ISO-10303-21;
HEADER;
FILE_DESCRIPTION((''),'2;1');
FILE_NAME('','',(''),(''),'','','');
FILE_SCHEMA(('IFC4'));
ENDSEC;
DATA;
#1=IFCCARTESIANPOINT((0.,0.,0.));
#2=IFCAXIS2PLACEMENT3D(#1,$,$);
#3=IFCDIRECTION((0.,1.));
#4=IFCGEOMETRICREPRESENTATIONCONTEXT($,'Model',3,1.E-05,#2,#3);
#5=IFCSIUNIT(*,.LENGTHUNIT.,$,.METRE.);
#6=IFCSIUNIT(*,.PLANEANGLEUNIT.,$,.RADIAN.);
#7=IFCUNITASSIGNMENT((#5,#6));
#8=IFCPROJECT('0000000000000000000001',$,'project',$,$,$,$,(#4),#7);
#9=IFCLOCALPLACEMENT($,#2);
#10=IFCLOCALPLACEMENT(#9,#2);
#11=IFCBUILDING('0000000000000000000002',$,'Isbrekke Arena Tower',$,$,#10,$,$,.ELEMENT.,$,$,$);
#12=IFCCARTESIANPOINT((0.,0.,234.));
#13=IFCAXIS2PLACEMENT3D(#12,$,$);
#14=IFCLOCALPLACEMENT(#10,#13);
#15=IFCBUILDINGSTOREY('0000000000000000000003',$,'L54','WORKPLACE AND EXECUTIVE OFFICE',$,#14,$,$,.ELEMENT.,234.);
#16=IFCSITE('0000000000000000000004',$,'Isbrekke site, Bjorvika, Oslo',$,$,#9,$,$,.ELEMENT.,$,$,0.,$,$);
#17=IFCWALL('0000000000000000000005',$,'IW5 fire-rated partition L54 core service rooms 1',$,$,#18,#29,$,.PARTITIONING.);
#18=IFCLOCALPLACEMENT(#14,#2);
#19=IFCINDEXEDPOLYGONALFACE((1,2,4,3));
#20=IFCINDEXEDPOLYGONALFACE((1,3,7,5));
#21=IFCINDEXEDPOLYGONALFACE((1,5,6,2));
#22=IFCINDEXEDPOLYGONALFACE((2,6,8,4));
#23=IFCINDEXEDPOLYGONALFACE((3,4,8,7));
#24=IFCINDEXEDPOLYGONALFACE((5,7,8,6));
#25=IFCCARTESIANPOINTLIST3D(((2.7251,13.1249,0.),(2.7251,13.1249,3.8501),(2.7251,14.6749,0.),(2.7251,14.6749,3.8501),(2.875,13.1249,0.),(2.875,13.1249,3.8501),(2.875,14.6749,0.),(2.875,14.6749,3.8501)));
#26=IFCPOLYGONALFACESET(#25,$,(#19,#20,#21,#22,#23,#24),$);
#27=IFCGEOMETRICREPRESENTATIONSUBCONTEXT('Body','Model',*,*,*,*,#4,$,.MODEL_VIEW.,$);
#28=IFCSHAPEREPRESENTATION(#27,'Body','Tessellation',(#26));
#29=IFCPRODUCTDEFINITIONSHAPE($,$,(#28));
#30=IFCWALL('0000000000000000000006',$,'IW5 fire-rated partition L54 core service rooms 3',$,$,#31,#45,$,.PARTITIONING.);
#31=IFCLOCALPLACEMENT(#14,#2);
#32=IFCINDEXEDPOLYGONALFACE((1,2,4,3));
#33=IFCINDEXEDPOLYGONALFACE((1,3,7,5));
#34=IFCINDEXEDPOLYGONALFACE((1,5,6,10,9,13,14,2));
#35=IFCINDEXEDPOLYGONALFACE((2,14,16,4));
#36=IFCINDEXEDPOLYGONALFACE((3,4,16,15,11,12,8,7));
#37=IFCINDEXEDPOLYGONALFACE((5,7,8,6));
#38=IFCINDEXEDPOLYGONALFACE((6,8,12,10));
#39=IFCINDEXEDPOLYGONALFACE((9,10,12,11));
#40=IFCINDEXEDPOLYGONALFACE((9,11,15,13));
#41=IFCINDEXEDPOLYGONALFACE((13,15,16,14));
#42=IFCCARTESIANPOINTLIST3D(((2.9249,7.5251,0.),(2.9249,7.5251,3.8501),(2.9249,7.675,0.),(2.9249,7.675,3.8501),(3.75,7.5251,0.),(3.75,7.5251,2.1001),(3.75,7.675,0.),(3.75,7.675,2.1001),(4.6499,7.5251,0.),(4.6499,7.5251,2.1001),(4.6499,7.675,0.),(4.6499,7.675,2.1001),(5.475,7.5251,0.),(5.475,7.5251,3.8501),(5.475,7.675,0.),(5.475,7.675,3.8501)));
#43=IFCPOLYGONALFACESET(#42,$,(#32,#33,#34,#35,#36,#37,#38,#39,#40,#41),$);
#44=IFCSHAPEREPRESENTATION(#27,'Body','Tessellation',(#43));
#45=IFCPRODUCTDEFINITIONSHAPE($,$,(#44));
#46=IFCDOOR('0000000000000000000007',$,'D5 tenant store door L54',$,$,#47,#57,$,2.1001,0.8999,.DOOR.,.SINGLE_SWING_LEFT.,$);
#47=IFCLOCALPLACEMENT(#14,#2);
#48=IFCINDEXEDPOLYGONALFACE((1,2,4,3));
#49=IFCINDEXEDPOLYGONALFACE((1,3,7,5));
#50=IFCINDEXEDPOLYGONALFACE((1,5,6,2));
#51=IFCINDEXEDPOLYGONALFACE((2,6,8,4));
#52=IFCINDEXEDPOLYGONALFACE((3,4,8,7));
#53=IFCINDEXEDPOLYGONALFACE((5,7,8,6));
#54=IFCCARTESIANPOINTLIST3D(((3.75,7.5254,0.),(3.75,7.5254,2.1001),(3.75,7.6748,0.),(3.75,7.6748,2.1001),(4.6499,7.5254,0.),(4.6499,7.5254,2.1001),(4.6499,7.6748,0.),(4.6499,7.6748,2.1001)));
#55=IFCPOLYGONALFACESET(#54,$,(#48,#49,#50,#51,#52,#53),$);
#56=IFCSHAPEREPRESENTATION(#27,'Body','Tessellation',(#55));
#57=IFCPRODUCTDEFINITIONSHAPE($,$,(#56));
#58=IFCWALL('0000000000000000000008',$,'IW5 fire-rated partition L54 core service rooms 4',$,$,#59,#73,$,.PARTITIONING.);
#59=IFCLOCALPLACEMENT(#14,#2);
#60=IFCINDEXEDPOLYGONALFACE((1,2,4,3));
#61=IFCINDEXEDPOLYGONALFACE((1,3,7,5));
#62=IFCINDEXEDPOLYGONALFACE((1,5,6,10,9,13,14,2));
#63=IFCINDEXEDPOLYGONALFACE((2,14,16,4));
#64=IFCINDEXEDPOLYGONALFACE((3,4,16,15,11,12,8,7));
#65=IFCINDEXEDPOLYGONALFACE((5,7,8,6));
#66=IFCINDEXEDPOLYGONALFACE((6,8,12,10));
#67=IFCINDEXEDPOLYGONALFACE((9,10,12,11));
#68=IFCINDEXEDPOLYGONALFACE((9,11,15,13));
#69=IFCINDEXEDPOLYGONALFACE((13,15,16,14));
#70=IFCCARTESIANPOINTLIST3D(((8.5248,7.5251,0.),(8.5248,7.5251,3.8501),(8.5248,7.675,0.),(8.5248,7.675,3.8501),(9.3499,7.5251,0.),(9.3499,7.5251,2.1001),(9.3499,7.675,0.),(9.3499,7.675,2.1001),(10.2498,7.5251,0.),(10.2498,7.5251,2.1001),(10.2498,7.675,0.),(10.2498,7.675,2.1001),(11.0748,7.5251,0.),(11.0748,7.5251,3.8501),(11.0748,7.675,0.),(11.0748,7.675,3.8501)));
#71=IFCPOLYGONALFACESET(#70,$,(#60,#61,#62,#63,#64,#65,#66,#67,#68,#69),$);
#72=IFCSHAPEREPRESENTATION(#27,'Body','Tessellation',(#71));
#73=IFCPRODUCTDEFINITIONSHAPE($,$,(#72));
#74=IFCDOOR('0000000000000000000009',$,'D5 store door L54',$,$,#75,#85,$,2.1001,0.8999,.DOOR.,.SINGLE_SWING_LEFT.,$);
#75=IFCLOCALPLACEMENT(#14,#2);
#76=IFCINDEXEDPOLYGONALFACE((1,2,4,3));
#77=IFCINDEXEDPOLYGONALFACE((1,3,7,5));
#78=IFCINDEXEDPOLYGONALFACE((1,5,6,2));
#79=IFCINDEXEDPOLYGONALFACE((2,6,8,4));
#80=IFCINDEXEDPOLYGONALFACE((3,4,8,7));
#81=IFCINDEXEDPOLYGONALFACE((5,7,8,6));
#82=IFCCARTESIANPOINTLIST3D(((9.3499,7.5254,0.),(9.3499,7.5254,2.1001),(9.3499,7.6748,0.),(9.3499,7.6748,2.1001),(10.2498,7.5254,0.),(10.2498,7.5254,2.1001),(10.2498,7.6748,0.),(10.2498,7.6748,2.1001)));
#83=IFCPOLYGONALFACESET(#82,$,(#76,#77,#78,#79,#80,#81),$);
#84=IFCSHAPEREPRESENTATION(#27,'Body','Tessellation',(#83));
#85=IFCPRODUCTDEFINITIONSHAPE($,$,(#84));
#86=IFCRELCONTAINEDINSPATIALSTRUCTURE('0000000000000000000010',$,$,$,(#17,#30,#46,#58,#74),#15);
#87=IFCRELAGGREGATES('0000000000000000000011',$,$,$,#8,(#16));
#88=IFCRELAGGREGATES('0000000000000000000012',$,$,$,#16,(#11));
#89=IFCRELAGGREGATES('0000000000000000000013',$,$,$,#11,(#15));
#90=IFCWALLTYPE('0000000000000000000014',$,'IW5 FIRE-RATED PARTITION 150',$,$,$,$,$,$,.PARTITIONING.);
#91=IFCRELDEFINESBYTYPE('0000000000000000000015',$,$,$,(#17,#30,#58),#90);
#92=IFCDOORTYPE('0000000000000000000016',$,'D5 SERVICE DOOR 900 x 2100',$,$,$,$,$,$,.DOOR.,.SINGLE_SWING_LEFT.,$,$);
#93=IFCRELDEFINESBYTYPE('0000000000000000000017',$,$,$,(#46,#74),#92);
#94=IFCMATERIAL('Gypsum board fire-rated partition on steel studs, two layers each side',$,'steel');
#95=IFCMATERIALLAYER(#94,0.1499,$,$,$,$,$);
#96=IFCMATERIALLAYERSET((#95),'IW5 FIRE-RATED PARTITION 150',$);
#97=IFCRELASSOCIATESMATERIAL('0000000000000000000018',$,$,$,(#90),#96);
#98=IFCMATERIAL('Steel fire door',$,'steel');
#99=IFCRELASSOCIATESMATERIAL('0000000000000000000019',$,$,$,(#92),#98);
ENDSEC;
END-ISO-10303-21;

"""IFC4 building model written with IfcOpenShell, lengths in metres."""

from ifc_helpers import new_model, si_unit, direction, frame, frame_2d, origin, place, context, subcontext, project, spatial, rectangle, extrude, material, layer, layer_set, type_object, element, fill, save


model = new_model("IFC4")

# Units and contexts
model_context = context("Model", 3, precision=1e-05, world=origin(), true_north=direction((0.0, 1.0)))
body_context = subcontext(model_context, "Body", "Model", "MODEL_VIEW")
ifc_project = project(units=[si_unit("LENGTHUNIT", "METRE"), si_unit("PLANEANGLEUNIT", "RADIAN")], contexts=[model_context])

# Site, building, storey
site_placement = place(None, origin())
site = spatial("IfcSite", under=ifc_project, at=site_placement, Name="Isbrekke site, Bjorvika, Oslo", CompositionType="ELEMENT", RefElevation=0.0)
building_placement = place(site_placement, origin())
building = spatial("IfcBuilding", under=site, at=building_placement, Name="Isbrekke Arena Tower", CompositionType="ELEMENT")
storey_placement = place(building_placement, frame((0.0, 0.0, 234.0)))
storey = spatial("IfcBuildingStorey", under=building, at=storey_placement, Name="L54", Description="WORKPLACE AND EXECUTIVE OFFICE", CompositionType="ELEMENT", Elevation=234.0)

# Wall
ifc_material_1 = material(Name="Gypsum board fire-rated partition on steel studs, two layers each side", Category="steel")
ifc_layer_1 = layer(ifc_material_1, 0.1499)
ifc_layer_set_1 = layer_set([ifc_layer_1], Name="IW5 FIRE-RATED PARTITION 150")
wall_type_1 = type_object("IfcWallType", Name="IW5 FIRE-RATED PARTITION 150", PredefinedType="PARTITIONING", material=ifc_layer_set_1)
wall_1_placement = place(storey_placement, frame((2.8, 13.125, 0.0), z_axis=(0.0, 0.0, 1.0), x_axis=(0.0, 1.0, 0.0)))
element("IfcWall", 1, at=wall_1_placement, inside=storey, type_object=wall_type_1, Name="IW5 fire-rated partition L54 core service rooms 1", PredefinedType="PARTITIONING", context=body_context, shape_type="SweptSolid", body=[
    extrude(rectangle(XDim=1.55, YDim=0.1499, at=frame_2d((0.7749, 0.0))), origin(), (0.0, 0.0, 1.0), 3.8501),
])

# Walls, openings, doors
wall_2_placement = place(storey_placement, frame((2.925, 7.6001, 0.0), z_axis=(0.0, 0.0, 1.0), x_axis=(1.0, 0.0, 0.0)))
wall_2 = element("IfcWall", 2, at=wall_2_placement, inside=storey, type_object=wall_type_1, Name="IW5 fire-rated partition L54 core service rooms 3", PredefinedType="PARTITIONING", context=body_context, shape_type="SweptSolid", body=[
    extrude(rectangle(XDim=2.55, YDim=0.1499, at=frame_2d((1.2749, 0.0))), origin(), (0.0, 0.0, 1.0), 3.8501),
])
opening_1_placement = place(wall_2_placement, frame((0.825, 0.0, 0.0)))
opening_1 = element("IfcOpeningElement", 3, at=opening_1_placement, cuts=wall_2, PredefinedType="OPENING", context=body_context, shape_type="SweptSolid", body=[
    extrude(rectangle(XDim=0.8999, YDim=2.1001, at=frame_2d((0.45, 1.05))), frame((0.0, 0.0898, 0.0), z_axis=(0.0, -1.0, 0.0), x_axis=(1.0, 0.0, 0.0)), (0.0, 0.0, 1.0), 0.1797),
])
ifc_material_2 = material(Name="Steel fire door", Category="steel")
door_type_1 = type_object("IfcDoorType", Name="D5 SERVICE DOOR 900 x 2100", OperationType="SINGLE_SWING_LEFT", PredefinedType="DOOR", material=ifc_material_2)
door_1_placement = place(opening_1_placement, origin())
door_1 = element("IfcDoor", 4, at=door_1_placement, inside=storey, type_object=door_type_1, Name="D5 tenant store door L54", OperationType="SINGLE_SWING_LEFT", OverallHeight=2.1001, OverallWidth=0.8999, PredefinedType="DOOR", context=body_context, shape_type="SweptSolid", body=[
    extrude(rectangle(XDim=0.8999, YDim=2.1001, at=frame_2d((0.45, 1.05))), frame((0.0, 0.0747, 0.0), z_axis=(0.0, -1.0, 0.0), x_axis=(1.0, 0.0, 0.0)), (0.0, 0.0, 1.0), 0.1494),
])
fill(opening_1, door_1)
wall_3_placement = place(storey_placement, frame((8.5249, 7.6001, 0.0), z_axis=(0.0, 0.0, 1.0), x_axis=(1.0, 0.0, 0.0)))
wall_3 = element("IfcWall", 5, at=wall_3_placement, inside=storey, type_object=wall_type_1, Name="IW5 fire-rated partition L54 core service rooms 4", PredefinedType="PARTITIONING", context=body_context, shape_type="SweptSolid", body=[
    extrude(rectangle(XDim=2.55, YDim=0.1499, at=frame_2d((1.2749, 0.0))), origin(), (0.0, 0.0, 1.0), 3.8501),
])
opening_2_placement = place(wall_3_placement, frame((0.825, 0.0, 0.0)))
opening_2 = element("IfcOpeningElement", 6, at=opening_2_placement, cuts=wall_3, PredefinedType="OPENING", context=body_context, shape_type="SweptSolid", body=[
    extrude(rectangle(XDim=0.8999, YDim=2.1001, at=frame_2d((0.45, 1.05))), frame((0.0, 0.0898, 0.0), z_axis=(0.0, -1.0, 0.0), x_axis=(1.0, 0.0, 0.0)), (0.0, 0.0, 1.0), 0.1797),
])
door_2_placement = place(opening_2_placement, origin())
door_2 = element("IfcDoor", 7, at=door_2_placement, inside=storey, type_object=door_type_1, Name="D5 store door L54", OperationType="SINGLE_SWING_LEFT", OverallHeight=2.1001, OverallWidth=0.8999, PredefinedType="DOOR", context=body_context, shape_type="SweptSolid", body=[
    extrude(rectangle(XDim=0.8999, YDim=2.1001, at=frame_2d((0.45, 1.05))), frame((0.0, 0.0747, 0.0), z_axis=(0.0, -1.0, 0.0), x_axis=(1.0, 0.0, 0.0)), (0.0, 0.0, 1.0), 0.1494),
])
fill(opening_2, door_2)

save(model, "model.ifc")
